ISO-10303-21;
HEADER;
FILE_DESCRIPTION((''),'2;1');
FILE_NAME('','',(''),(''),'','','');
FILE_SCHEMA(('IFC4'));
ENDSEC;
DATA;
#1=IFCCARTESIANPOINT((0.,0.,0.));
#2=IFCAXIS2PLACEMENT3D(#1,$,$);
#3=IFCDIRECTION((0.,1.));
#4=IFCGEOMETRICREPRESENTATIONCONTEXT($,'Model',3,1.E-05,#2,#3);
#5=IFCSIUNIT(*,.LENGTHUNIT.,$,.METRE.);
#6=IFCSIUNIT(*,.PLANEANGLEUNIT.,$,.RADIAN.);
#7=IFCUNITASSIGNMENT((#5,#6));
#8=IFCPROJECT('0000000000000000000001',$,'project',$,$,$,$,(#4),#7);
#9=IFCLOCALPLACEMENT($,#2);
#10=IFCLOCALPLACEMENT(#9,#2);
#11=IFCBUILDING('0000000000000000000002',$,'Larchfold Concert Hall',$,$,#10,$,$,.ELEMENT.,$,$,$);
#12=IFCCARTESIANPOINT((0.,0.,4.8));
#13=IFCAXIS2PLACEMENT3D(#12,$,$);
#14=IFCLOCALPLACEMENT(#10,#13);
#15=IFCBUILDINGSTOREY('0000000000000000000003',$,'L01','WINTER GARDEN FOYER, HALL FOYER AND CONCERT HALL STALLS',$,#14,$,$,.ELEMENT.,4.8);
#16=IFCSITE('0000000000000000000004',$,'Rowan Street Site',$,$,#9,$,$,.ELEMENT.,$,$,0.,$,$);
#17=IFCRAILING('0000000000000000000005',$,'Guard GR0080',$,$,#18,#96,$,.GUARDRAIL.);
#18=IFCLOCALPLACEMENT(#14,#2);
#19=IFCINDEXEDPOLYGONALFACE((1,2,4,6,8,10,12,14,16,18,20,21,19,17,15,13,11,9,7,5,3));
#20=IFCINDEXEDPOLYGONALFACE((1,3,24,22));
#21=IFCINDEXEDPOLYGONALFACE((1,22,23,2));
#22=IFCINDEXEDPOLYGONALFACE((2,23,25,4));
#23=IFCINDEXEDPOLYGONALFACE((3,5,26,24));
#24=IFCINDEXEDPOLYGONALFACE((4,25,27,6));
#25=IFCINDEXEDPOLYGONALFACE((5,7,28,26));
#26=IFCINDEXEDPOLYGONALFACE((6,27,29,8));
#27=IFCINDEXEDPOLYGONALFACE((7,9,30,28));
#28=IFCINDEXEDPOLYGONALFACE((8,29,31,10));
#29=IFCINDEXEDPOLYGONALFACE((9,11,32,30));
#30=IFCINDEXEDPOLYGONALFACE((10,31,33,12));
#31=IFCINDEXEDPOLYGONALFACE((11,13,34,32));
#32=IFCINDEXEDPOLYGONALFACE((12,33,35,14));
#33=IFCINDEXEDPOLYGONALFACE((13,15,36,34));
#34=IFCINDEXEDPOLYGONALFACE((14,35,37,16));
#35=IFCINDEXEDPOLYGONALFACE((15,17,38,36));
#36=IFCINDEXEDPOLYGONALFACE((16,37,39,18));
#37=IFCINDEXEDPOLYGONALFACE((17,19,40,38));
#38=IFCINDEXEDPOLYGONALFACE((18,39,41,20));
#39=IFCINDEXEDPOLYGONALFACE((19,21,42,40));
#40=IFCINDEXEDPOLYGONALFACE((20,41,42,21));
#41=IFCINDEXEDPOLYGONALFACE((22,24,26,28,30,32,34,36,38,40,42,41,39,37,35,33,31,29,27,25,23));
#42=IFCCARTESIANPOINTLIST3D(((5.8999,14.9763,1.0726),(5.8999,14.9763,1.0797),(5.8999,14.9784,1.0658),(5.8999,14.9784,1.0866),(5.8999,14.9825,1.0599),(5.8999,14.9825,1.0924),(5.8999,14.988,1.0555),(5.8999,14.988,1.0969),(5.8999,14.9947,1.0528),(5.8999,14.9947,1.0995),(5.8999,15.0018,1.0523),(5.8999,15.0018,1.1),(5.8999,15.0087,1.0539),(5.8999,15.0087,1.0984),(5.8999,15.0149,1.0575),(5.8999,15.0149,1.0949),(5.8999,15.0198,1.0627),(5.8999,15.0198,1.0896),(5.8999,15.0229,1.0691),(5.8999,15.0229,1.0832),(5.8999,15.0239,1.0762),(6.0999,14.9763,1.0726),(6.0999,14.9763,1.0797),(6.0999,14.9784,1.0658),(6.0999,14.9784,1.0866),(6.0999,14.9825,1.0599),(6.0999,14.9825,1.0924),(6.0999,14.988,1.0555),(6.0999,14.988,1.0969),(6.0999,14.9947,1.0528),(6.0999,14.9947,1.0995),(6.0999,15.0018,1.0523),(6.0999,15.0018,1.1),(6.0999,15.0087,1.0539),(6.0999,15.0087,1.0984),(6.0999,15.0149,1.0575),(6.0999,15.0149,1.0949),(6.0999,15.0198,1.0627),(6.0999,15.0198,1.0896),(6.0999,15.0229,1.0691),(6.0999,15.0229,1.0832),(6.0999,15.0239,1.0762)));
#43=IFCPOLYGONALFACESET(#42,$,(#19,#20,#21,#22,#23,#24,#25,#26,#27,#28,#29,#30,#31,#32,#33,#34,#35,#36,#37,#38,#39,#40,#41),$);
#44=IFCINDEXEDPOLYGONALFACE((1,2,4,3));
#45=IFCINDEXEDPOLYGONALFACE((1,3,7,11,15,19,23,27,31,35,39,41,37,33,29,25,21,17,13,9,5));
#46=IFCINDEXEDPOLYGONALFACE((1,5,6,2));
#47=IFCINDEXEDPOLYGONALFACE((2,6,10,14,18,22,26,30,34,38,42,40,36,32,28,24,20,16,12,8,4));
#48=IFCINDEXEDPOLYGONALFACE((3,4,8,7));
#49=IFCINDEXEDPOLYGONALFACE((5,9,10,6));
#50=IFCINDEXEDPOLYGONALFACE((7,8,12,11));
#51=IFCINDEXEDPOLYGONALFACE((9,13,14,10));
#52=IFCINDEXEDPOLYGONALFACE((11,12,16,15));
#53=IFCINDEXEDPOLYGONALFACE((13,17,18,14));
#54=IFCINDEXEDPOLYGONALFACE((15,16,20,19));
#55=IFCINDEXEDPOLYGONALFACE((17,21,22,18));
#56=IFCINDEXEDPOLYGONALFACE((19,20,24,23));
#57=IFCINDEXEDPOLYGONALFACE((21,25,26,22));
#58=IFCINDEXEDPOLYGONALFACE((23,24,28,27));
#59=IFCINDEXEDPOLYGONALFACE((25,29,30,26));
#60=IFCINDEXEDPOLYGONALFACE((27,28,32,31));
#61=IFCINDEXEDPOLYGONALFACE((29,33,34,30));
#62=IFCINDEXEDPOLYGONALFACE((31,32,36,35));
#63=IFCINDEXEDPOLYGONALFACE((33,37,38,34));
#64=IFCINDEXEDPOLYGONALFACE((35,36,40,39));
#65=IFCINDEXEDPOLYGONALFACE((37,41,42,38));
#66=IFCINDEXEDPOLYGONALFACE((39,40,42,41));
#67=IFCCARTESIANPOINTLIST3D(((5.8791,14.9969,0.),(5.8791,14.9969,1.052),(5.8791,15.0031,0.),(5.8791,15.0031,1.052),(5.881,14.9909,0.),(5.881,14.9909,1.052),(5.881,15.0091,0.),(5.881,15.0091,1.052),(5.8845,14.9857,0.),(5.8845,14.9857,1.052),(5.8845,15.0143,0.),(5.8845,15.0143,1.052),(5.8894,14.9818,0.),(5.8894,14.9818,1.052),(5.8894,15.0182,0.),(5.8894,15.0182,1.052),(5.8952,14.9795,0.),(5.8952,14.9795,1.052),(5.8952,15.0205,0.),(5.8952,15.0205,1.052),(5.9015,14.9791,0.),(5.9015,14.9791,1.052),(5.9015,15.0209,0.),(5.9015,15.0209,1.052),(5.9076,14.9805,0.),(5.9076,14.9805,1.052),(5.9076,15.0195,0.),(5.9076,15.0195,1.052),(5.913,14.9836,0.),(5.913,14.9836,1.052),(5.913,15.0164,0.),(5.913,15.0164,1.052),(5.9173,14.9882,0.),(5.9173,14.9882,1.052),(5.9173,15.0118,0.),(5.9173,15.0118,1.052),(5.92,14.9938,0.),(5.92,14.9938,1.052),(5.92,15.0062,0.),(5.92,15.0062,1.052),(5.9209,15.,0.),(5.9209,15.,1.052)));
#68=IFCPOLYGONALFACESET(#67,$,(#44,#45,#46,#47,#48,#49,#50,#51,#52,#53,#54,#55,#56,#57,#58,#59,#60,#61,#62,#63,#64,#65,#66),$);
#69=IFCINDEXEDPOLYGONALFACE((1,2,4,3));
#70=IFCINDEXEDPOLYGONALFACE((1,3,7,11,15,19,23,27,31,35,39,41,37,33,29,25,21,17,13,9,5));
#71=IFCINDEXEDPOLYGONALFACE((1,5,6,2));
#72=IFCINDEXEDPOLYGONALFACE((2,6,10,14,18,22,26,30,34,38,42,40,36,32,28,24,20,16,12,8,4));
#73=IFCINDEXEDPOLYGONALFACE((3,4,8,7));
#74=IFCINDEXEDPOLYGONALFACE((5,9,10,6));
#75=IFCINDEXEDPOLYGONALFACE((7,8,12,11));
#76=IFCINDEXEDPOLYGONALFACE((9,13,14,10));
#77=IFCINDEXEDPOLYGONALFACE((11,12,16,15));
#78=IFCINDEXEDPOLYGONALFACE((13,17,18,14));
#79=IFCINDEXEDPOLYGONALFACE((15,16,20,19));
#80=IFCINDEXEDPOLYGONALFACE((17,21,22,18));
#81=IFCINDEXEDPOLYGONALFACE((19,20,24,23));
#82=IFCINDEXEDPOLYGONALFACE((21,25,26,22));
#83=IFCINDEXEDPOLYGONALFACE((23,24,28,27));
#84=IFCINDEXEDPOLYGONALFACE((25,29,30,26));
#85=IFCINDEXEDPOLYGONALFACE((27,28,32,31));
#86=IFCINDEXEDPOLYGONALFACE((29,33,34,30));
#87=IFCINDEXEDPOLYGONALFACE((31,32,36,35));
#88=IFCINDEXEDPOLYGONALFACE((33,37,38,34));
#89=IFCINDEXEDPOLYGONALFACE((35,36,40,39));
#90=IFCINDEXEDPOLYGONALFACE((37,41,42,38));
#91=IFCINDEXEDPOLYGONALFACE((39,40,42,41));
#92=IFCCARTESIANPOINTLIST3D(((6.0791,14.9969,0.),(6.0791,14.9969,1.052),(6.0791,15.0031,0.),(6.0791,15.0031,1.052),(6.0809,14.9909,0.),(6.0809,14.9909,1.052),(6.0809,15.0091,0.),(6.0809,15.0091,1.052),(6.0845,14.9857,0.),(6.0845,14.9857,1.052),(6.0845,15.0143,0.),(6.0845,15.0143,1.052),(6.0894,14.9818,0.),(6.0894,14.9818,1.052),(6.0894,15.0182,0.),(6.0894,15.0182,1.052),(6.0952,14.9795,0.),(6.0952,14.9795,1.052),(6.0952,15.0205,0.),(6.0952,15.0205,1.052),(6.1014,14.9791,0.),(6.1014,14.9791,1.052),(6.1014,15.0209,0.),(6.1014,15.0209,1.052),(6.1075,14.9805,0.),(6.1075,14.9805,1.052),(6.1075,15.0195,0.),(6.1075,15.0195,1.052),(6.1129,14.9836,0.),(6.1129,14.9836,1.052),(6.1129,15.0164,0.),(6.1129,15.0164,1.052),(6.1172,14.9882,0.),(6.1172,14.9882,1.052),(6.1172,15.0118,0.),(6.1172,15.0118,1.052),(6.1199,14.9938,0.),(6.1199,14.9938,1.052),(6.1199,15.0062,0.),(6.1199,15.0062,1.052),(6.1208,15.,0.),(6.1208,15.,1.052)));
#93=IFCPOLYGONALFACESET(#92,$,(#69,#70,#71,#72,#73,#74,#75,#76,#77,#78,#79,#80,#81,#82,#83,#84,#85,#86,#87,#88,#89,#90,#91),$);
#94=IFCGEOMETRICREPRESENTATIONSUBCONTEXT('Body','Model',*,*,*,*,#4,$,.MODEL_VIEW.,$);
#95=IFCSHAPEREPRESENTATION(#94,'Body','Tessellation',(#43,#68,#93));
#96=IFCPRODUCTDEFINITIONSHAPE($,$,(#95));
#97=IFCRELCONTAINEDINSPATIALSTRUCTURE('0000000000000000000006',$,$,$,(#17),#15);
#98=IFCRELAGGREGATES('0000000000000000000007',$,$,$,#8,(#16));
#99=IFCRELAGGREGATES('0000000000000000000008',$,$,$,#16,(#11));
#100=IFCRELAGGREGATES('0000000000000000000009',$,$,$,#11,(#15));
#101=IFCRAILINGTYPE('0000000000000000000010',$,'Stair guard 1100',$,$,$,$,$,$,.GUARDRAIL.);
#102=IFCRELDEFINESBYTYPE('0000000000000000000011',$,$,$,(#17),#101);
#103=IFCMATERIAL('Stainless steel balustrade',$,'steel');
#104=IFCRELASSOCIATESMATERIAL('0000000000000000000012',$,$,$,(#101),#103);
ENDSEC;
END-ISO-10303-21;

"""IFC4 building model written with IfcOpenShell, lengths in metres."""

from ifc_helpers import new_model, si_unit, direction, frame, origin, origin_2d, place, context, subcontext, project, spatial, circle, extrude, material, type_object, element, save


model = new_model("IFC4")

# Units and contexts
model_context = context("Model", 3, precision=1e-05, world=origin(), true_north=direction((0.0, 1.0)))
body_context = subcontext(model_context, "Body", "Model", "MODEL_VIEW")
ifc_project = project(units=[si_unit("LENGTHUNIT", "METRE"), si_unit("PLANEANGLEUNIT", "RADIAN")], contexts=[model_context])

# Site, building, storey
site_placement = place(None, origin())
site = spatial("IfcSite", under=ifc_project, at=site_placement, Name="Rowan Street Site", CompositionType="ELEMENT", RefElevation=0.0)
building_placement = place(site_placement, origin())
building = spatial("IfcBuilding", under=site, at=building_placement, Name="Larchfold Concert Hall", CompositionType="ELEMENT")
storey_placement = place(building_placement, frame((0.0, 0.0, 4.8)))
storey = spatial("IfcBuildingStorey", under=building, at=storey_placement, Name="L01", Description="WINTER GARDEN FOYER, HALL FOYER AND CONCERT HALL STALLS", CompositionType="ELEMENT", Elevation=4.8)

# Railing
ifc_material_1 = material(Name="Stainless steel balustrade", Category="steel")
railing_type_1 = type_object("IfcRailingType", Name="Stair guard 1100", PredefinedType="GUARDRAIL", material=ifc_material_1)
railing_1_placement = place(storey_placement, frame((5.8999, 15.0, 0.0)))
element("IfcRailing", 1, at=railing_1_placement, inside=storey, type_object=railing_type_1, Name="Guard GR0080", PredefinedType="GUARDRAIL", context=body_context, shape_type="SweptSolid", body=[
    extrude(circle(Radius=0.0239, at=origin_2d()), frame((0.0, 0.0, 1.0762), z_axis=(1.0, 0.0, 0.0), x_axis=(0.0, 1.0, 0.0)), (0.0, 0.0, 1.0), 0.2),
    extrude(circle(Radius=0.021, at=origin_2d()), origin(), (0.0, 0.0, 1.0), 1.052),
    extrude(circle(Radius=0.021, at=origin_2d()), frame((0.2, 0.0, 0.0)), (0.0, 0.0, 1.0), 1.052),
])

save(model, "model.ifc")
